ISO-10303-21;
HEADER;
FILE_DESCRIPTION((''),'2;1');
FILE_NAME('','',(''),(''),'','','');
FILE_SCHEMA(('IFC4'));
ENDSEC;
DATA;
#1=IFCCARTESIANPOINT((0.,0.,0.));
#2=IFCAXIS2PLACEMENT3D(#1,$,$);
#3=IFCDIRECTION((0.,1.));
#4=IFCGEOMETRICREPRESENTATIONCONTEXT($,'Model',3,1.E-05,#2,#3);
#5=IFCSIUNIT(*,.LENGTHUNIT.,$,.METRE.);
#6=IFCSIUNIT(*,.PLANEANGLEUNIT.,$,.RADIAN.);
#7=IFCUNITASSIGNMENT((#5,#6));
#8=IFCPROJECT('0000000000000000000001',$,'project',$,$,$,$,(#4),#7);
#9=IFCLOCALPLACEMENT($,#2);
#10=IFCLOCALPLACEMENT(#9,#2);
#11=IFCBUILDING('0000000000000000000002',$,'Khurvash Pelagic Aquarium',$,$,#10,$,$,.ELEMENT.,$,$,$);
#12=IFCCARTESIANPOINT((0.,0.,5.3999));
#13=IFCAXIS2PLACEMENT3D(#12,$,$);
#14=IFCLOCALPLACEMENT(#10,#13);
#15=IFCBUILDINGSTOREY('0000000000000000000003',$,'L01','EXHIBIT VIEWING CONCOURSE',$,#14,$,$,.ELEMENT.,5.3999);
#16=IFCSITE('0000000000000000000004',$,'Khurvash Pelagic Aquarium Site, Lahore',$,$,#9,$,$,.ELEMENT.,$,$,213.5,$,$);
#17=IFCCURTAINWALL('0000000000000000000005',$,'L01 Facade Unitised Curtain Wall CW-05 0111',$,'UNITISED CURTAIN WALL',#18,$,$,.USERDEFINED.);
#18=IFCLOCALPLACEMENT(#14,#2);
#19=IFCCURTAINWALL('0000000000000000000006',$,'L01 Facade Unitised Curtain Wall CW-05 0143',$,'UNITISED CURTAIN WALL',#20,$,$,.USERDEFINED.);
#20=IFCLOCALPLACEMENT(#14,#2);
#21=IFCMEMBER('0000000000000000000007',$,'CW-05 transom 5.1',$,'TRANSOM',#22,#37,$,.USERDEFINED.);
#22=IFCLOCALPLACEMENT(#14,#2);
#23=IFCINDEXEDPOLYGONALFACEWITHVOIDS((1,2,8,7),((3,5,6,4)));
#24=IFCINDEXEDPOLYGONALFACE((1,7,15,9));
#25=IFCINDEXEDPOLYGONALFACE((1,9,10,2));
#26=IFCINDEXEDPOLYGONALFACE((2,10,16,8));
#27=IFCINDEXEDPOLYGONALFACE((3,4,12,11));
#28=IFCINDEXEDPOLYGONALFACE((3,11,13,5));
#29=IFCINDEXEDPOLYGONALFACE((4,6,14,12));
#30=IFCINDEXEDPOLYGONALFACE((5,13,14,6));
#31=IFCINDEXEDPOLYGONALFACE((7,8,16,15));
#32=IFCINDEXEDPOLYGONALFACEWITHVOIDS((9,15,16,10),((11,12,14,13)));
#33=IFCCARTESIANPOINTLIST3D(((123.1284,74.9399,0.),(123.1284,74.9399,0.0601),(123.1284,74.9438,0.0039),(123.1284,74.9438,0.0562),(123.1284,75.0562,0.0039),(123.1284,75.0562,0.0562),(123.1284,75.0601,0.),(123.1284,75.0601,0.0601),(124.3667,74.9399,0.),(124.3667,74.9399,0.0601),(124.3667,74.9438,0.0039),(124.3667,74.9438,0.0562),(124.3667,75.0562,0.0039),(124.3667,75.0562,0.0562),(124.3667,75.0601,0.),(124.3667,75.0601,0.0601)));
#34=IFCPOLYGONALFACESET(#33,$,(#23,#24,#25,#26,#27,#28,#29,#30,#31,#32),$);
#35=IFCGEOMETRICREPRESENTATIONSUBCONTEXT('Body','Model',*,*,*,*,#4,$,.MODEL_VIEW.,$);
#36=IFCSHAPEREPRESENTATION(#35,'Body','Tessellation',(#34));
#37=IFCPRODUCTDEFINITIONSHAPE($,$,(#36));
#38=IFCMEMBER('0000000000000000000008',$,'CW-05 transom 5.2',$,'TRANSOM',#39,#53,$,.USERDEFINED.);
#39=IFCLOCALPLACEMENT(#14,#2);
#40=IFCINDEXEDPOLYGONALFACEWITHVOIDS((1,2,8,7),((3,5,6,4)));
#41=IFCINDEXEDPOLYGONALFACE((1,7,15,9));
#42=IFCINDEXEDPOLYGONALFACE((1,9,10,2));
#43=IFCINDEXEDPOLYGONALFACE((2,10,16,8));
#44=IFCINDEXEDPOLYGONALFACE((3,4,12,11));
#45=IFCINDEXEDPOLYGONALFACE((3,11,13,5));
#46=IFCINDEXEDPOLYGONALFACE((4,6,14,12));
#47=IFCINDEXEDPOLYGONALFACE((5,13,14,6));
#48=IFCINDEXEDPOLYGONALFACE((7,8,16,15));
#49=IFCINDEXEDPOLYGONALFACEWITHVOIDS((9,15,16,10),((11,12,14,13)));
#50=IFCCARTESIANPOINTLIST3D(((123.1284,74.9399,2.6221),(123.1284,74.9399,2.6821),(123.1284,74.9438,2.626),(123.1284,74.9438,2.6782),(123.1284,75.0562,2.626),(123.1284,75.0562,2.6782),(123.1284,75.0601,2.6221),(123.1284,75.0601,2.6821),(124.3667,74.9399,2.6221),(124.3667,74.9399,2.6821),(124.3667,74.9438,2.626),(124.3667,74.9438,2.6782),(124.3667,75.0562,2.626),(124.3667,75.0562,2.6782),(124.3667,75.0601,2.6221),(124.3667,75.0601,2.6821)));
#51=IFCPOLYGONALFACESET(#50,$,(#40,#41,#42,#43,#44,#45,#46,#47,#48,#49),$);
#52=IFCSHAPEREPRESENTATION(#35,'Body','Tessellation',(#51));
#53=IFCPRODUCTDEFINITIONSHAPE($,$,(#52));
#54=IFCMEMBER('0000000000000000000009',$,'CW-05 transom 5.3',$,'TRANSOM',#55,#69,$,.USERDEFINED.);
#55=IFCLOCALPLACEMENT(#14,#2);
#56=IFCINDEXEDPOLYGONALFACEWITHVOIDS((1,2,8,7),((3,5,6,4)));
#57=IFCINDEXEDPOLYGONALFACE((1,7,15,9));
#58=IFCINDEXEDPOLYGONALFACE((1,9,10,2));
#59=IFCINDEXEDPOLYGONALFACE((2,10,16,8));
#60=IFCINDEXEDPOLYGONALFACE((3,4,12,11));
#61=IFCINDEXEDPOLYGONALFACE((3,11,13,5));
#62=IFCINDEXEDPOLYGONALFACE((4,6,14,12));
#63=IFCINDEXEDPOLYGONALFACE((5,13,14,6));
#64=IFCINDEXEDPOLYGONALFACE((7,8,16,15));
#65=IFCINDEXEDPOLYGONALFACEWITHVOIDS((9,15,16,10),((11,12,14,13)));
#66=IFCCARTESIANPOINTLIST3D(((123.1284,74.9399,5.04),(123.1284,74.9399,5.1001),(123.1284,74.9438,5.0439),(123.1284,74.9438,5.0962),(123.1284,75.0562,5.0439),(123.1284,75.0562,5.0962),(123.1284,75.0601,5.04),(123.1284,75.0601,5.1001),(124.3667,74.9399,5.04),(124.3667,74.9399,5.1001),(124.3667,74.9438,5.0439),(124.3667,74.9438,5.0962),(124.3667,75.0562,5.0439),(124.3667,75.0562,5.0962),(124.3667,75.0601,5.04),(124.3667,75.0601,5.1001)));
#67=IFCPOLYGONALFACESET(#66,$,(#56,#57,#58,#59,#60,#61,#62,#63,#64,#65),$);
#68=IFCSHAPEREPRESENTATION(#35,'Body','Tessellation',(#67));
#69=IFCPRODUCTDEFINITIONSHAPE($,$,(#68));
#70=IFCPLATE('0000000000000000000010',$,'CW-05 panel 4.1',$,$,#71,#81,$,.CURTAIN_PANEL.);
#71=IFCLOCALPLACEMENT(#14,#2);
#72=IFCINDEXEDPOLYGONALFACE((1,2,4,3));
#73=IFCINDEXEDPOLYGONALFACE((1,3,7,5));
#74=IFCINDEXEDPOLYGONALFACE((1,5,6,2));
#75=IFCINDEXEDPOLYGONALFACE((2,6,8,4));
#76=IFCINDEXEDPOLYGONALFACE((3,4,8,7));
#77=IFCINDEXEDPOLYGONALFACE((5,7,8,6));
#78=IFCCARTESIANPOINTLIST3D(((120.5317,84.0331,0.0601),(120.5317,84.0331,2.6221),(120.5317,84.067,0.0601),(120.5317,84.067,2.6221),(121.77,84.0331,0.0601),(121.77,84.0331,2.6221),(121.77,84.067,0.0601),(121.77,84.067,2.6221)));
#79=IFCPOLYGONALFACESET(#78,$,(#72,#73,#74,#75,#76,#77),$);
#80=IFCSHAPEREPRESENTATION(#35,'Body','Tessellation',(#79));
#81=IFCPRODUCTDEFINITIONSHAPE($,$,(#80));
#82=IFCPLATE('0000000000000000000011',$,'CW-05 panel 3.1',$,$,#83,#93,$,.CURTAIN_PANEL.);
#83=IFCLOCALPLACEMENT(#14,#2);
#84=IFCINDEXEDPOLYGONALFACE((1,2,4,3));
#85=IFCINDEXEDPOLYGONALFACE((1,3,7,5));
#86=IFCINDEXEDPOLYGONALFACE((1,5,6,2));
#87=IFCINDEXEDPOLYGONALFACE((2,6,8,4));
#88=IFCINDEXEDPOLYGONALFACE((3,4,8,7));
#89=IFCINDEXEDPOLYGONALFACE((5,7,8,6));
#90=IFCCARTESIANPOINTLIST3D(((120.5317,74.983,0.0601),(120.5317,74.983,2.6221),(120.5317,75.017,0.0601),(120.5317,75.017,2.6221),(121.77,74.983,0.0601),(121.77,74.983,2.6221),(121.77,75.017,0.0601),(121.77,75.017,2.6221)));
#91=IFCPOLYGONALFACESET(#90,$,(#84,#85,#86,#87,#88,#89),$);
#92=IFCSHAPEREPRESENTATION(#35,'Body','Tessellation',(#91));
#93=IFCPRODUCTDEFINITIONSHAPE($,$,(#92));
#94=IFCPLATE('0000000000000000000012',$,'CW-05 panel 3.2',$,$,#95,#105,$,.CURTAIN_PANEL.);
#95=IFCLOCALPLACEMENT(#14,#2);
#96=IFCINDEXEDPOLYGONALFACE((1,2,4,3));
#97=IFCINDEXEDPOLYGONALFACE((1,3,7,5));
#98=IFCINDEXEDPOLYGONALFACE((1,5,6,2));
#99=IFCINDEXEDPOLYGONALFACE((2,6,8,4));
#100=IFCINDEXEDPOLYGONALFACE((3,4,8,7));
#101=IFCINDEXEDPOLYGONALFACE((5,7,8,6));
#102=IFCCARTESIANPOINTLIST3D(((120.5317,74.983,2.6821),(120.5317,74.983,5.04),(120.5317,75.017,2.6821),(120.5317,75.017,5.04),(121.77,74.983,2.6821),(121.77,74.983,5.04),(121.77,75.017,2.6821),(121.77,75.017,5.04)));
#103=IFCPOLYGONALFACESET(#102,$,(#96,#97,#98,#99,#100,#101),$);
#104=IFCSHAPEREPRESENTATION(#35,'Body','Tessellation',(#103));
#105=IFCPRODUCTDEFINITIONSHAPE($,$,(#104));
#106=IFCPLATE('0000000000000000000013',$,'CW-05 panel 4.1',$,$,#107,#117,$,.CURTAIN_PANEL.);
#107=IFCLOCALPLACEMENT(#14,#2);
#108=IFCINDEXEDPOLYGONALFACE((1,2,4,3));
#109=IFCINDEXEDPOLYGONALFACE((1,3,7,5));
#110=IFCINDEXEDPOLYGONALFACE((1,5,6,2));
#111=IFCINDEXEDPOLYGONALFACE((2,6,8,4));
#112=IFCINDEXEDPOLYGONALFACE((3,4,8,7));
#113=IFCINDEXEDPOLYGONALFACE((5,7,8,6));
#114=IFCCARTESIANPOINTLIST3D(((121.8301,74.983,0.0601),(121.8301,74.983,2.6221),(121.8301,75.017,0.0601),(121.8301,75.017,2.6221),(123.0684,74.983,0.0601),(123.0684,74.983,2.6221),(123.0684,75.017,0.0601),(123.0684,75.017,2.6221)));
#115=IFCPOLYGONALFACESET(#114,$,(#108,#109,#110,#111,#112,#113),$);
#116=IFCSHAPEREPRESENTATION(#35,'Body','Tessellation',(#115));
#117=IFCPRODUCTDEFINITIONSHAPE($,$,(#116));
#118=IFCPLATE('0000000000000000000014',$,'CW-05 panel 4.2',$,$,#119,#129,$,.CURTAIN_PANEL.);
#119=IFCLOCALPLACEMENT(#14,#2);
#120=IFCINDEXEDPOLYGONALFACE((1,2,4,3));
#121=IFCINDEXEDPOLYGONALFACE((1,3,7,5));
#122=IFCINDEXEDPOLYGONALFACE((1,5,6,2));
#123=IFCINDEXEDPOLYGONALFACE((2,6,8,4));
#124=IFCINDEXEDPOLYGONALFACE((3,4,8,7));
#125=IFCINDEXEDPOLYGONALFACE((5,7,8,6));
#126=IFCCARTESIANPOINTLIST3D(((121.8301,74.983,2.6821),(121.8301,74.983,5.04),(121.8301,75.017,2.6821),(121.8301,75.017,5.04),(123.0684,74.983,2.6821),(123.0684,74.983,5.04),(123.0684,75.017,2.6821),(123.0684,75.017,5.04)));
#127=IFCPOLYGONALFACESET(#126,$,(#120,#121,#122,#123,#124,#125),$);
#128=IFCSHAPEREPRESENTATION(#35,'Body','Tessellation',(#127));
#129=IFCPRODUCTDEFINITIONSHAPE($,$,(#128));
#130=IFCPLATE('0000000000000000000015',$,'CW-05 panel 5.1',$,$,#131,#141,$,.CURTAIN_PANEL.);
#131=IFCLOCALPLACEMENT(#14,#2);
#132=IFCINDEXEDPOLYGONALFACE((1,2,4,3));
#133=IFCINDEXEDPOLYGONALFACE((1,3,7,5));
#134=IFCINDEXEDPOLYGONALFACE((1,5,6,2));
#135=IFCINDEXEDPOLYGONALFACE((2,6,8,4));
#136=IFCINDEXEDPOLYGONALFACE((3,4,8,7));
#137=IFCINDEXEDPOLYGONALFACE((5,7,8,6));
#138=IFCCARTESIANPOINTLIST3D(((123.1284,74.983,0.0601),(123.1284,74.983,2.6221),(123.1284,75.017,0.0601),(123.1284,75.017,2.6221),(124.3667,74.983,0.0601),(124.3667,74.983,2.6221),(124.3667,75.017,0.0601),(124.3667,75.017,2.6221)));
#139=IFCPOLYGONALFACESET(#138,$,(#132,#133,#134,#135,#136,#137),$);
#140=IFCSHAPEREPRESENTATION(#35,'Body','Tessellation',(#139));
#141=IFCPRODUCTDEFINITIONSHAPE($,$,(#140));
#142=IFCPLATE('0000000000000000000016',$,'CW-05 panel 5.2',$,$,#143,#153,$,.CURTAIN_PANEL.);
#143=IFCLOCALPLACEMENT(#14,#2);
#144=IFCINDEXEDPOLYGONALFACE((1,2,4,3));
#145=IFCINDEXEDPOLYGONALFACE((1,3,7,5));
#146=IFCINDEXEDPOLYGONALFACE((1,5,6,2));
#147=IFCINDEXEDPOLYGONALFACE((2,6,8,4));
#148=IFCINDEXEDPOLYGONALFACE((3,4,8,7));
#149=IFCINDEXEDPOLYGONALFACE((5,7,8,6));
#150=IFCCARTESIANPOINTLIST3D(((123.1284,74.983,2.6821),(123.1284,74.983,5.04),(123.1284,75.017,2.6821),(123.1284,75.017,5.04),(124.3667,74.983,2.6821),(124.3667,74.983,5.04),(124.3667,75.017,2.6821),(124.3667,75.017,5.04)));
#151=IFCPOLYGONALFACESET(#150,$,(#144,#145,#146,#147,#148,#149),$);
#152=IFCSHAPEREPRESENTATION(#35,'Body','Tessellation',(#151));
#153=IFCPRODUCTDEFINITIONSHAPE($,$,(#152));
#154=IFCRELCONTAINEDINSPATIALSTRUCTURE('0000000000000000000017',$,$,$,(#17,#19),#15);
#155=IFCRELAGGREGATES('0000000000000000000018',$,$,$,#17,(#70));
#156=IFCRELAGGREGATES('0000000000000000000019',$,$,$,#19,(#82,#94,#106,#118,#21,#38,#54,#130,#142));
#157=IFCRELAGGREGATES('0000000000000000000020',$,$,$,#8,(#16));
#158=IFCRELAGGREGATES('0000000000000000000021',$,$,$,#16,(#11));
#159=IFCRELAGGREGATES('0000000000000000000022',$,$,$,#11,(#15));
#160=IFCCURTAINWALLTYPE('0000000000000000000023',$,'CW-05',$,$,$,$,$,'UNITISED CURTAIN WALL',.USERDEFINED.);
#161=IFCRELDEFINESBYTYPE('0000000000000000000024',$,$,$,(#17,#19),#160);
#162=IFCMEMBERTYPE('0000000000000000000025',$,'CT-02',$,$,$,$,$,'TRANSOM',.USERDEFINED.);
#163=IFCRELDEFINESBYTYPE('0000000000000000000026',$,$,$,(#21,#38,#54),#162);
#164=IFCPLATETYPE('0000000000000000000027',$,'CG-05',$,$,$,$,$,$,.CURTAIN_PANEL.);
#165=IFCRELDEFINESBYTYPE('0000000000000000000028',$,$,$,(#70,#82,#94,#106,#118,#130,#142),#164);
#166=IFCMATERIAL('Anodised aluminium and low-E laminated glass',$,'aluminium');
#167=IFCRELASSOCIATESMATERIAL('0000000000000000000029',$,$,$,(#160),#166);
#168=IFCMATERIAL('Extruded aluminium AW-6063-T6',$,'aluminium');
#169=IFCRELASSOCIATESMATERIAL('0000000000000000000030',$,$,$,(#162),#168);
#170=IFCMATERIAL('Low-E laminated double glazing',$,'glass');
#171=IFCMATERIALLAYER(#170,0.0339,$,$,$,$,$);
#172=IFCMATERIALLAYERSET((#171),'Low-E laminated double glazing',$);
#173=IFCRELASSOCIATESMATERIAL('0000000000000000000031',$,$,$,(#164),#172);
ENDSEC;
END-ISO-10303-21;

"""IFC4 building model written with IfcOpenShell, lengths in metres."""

from ifc_helpers import new_model, si_unit, direction, frame, origin, origin_2d, place, context, subcontext, project, spatial, rectangle, hollow_rectangle, extrude, material, layer, layer_set, material_profile, profile_set, type_object, element, aggregate, save


model = new_model("IFC4")

# Units and contexts
model_context = context("Model", 3, precision=1e-05, world=origin(), true_north=direction((0.0, 1.0)))
body_context = subcontext(model_context, "Body", "Model", "MODEL_VIEW")
ifc_project = project(units=[si_unit("LENGTHUNIT", "METRE"), si_unit("PLANEANGLEUNIT", "RADIAN")], contexts=[model_context])

# Site, building, storey
site_placement = place(None, origin())
site = spatial("IfcSite", under=ifc_project, at=site_placement, Name="Khurvash Pelagic Aquarium Site, Lahore", CompositionType="ELEMENT", RefElevation=213.5)
building_placement = place(site_placement, origin())
building = spatial("IfcBuilding", under=site, at=building_placement, Name="Khurvash Pelagic Aquarium", CompositionType="ELEMENT")
storey_placement = place(building_placement, frame((0.0, 0.0, 5.3999)))
storey = spatial("IfcBuildingStorey", under=building, at=storey_placement, Name="L01", Description="EXHIBIT VIEWING CONCOURSE", CompositionType="ELEMENT", Elevation=5.3999)

# Curtain wall
ifc_material_1 = material(Name="Anodised aluminium and low-E laminated glass", Category="aluminium")
curtain_wall_type = type_object("IfcCurtainWallType", Name="CW-05", ElementType="UNITISED CURTAIN WALL", PredefinedType="USERDEFINED", material=ifc_material_1)
curtain_wall_1_placement = place(storey_placement, origin())
curtain_wall_1 = element("IfcCurtainWall", 1, at=curtain_wall_1_placement, inside=storey, type_object=curtain_wall_type, Name="L01 Facade Unitised Curtain Wall CW-05 0111", ObjectType="UNITISED CURTAIN WALL", PredefinedType="USERDEFINED")
ifc_material_2 = material(Name="Extruded aluminium AW-6063-T6", Category="aluminium")

# Curtain wall, members
curtain_wall_2_placement = place(storey_placement, origin())
curtain_wall_2 = element("IfcCurtainWall", 2, at=curtain_wall_2_placement, inside=storey, type_object=curtain_wall_type, Name="L01 Facade Unitised Curtain Wall CW-05 0143", ObjectType="UNITISED CURTAIN WALL", PredefinedType="USERDEFINED")
ifc_material_profile_1 = material_profile(ifc_material_2, hollow_rectangle(XDim=0.1201, YDim=0.0601, WallThickness=0.0039, at=origin_2d()), Name="CWT120X60X4")
ifc_profile_set_1 = profile_set([ifc_material_profile_1], Name="Extruded aluminium AW-6063-T6")
member_type_1 = type_object("IfcMemberType", Name="CT-02", ElementType="TRANSOM", PredefinedType="USERDEFINED", material=ifc_profile_set_1)
member_1_placement = place(storey_placement, frame((123.1284, 75.0, 0.03), z_axis=(1.0, 0.0, 0.0), x_axis=(0.0, 1.0, 0.0)))
member_1 = element("IfcMember", 3, at=member_1_placement, type_object=member_type_1, Name="CW-05 transom 5.1", ObjectType="TRANSOM", PredefinedType="USERDEFINED", context=body_context, shape_type="SweptSolid", body=[
    extrude(hollow_rectangle(XDim=0.1201, YDim=0.0601, WallThickness=0.0039, at=origin_2d()), origin(), (0.0, 0.0, 1.0), 1.2383),
])
member_2_placement = place(storey_placement, frame((123.1284, 75.0, 2.6521), z_axis=(1.0, 0.0, 0.0), x_axis=(0.0, 1.0, 0.0)))
member_2 = element("IfcMember", 4, at=member_2_placement, type_object=member_type_1, Name="CW-05 transom 5.2", ObjectType="TRANSOM", PredefinedType="USERDEFINED", context=body_context, shape_type="SweptSolid", body=[
    extrude(hollow_rectangle(XDim=0.1201, YDim=0.0601, WallThickness=0.0039, at=origin_2d()), origin(), (0.0, 0.0, 1.0), 1.2383),
])
member_3_placement = place(storey_placement, frame((123.1284, 75.0, 5.0701), z_axis=(1.0, 0.0, 0.0), x_axis=(0.0, 1.0, 0.0)))
member_3 = element("IfcMember", 5, at=member_3_placement, type_object=member_type_1, Name="CW-05 transom 5.3", ObjectType="TRANSOM", PredefinedType="USERDEFINED", context=body_context, shape_type="SweptSolid", body=[
    extrude(hollow_rectangle(XDim=0.1201, YDim=0.0601, WallThickness=0.0039, at=origin_2d()), origin(), (0.0, 0.0, 1.0), 1.2383),
])

# Plates
ifc_material_3 = material(Name="Low-E laminated double glazing", Category="glass")
ifc_layer = layer(ifc_material_3, 0.0339)
ifc_layer_set = layer_set([ifc_layer], Name="Low-E laminated double glazing")
plate_type = type_object("IfcPlateType", Name="CG-05", PredefinedType="CURTAIN_PANEL", material=ifc_layer_set)
plate_1_placement = place(storey_placement, frame((121.1509, 84.05, 0.0601), z_axis=(0.0, 0.0, 1.0), x_axis=(-1.0, 0.0, 0.0)))
plate_1 = element("IfcPlate", 6, at=plate_1_placement, type_object=plate_type, Name="CW-05 panel 4.1", PredefinedType="CURTAIN_PANEL", context=body_context, shape_type="SweptSolid", body=[
    extrude(rectangle(XDim=1.2383, YDim=0.0339, at=origin_2d()), origin(), (0.0, 0.0, 1.0), 2.562),
])
aggregate(curtain_wall_1, [plate_1])
plate_2_placement = place(storey_placement, frame((121.1509, 75.0, 0.0601), z_axis=(0.0, 0.0, 1.0), x_axis=(1.0, 0.0, 0.0)))
plate_2 = element("IfcPlate", 7, at=plate_2_placement, type_object=plate_type, Name="CW-05 panel 3.1", PredefinedType="CURTAIN_PANEL", context=body_context, shape_type="SweptSolid", body=[
    extrude(rectangle(XDim=1.2383, YDim=0.0339, at=origin_2d()), origin(), (0.0, 0.0, 1.0), 2.562),
])
plate_3_placement = place(storey_placement, frame((121.1509, 75.0, 2.6821), z_axis=(0.0, 0.0, 1.0), x_axis=(1.0, 0.0, 0.0)))
plate_3 = element("IfcPlate", 8, at=plate_3_placement, type_object=plate_type, Name="CW-05 panel 3.2", PredefinedType="CURTAIN_PANEL", context=body_context, shape_type="SweptSolid", body=[
    extrude(rectangle(XDim=1.2383, YDim=0.0339, at=origin_2d()), origin(), (0.0, 0.0, 1.0), 2.3579),
])
plate_4_placement = place(storey_placement, frame((122.4492, 75.0, 0.0601), z_axis=(0.0, 0.0, 1.0), x_axis=(1.0, 0.0, 0.0)))
plate_4 = element("IfcPlate", 9, at=plate_4_placement, type_object=plate_type, Name="CW-05 panel 4.1", PredefinedType="CURTAIN_PANEL", context=body_context, shape_type="SweptSolid", body=[
    extrude(rectangle(XDim=1.2383, YDim=0.0339, at=origin_2d()), origin(), (0.0, 0.0, 1.0), 2.562),
])
plate_5_placement = place(storey_placement, frame((122.4492, 75.0, 2.6821), z_axis=(0.0, 0.0, 1.0), x_axis=(1.0, 0.0, 0.0)))
plate_5 = element("IfcPlate", 10, at=plate_5_placement, type_object=plate_type, Name="CW-05 panel 4.2", PredefinedType="CURTAIN_PANEL", context=body_context, shape_type="SweptSolid", body=[
    extrude(rectangle(XDim=1.2383, YDim=0.0339, at=origin_2d()), origin(), (0.0, 0.0, 1.0), 2.3579),
])
plate_6_placement = place(storey_placement, frame((123.7476, 75.0, 0.0601), z_axis=(0.0, 0.0, 1.0), x_axis=(1.0, 0.0, 0.0)))
plate_6 = element("IfcPlate", 11, at=plate_6_placement, type_object=plate_type, Name="CW-05 panel 5.1", PredefinedType="CURTAIN_PANEL", context=body_context, shape_type="SweptSolid", body=[
    extrude(rectangle(XDim=1.2383, YDim=0.0339, at=origin_2d()), origin(), (0.0, 0.0, 1.0), 2.562),
])
plate_7_placement = place(storey_placement, frame((123.7476, 75.0, 2.6821), z_axis=(0.0, 0.0, 1.0), x_axis=(1.0, 0.0, 0.0)))
plate_7 = element("IfcPlate", 12, at=plate_7_placement, type_object=plate_type, Name="CW-05 panel 5.2", PredefinedType="CURTAIN_PANEL", context=body_context, shape_type="SweptSolid", body=[
    extrude(rectangle(XDim=1.2383, YDim=0.0339, at=origin_2d()), origin(), (0.0, 0.0, 1.0), 2.3579),
])
aggregate(curtain_wall_2, [plate_2, plate_3, plate_4, plate_5, member_1, member_2, member_3, plate_6, plate_7])

save(model, "model.ifc")
